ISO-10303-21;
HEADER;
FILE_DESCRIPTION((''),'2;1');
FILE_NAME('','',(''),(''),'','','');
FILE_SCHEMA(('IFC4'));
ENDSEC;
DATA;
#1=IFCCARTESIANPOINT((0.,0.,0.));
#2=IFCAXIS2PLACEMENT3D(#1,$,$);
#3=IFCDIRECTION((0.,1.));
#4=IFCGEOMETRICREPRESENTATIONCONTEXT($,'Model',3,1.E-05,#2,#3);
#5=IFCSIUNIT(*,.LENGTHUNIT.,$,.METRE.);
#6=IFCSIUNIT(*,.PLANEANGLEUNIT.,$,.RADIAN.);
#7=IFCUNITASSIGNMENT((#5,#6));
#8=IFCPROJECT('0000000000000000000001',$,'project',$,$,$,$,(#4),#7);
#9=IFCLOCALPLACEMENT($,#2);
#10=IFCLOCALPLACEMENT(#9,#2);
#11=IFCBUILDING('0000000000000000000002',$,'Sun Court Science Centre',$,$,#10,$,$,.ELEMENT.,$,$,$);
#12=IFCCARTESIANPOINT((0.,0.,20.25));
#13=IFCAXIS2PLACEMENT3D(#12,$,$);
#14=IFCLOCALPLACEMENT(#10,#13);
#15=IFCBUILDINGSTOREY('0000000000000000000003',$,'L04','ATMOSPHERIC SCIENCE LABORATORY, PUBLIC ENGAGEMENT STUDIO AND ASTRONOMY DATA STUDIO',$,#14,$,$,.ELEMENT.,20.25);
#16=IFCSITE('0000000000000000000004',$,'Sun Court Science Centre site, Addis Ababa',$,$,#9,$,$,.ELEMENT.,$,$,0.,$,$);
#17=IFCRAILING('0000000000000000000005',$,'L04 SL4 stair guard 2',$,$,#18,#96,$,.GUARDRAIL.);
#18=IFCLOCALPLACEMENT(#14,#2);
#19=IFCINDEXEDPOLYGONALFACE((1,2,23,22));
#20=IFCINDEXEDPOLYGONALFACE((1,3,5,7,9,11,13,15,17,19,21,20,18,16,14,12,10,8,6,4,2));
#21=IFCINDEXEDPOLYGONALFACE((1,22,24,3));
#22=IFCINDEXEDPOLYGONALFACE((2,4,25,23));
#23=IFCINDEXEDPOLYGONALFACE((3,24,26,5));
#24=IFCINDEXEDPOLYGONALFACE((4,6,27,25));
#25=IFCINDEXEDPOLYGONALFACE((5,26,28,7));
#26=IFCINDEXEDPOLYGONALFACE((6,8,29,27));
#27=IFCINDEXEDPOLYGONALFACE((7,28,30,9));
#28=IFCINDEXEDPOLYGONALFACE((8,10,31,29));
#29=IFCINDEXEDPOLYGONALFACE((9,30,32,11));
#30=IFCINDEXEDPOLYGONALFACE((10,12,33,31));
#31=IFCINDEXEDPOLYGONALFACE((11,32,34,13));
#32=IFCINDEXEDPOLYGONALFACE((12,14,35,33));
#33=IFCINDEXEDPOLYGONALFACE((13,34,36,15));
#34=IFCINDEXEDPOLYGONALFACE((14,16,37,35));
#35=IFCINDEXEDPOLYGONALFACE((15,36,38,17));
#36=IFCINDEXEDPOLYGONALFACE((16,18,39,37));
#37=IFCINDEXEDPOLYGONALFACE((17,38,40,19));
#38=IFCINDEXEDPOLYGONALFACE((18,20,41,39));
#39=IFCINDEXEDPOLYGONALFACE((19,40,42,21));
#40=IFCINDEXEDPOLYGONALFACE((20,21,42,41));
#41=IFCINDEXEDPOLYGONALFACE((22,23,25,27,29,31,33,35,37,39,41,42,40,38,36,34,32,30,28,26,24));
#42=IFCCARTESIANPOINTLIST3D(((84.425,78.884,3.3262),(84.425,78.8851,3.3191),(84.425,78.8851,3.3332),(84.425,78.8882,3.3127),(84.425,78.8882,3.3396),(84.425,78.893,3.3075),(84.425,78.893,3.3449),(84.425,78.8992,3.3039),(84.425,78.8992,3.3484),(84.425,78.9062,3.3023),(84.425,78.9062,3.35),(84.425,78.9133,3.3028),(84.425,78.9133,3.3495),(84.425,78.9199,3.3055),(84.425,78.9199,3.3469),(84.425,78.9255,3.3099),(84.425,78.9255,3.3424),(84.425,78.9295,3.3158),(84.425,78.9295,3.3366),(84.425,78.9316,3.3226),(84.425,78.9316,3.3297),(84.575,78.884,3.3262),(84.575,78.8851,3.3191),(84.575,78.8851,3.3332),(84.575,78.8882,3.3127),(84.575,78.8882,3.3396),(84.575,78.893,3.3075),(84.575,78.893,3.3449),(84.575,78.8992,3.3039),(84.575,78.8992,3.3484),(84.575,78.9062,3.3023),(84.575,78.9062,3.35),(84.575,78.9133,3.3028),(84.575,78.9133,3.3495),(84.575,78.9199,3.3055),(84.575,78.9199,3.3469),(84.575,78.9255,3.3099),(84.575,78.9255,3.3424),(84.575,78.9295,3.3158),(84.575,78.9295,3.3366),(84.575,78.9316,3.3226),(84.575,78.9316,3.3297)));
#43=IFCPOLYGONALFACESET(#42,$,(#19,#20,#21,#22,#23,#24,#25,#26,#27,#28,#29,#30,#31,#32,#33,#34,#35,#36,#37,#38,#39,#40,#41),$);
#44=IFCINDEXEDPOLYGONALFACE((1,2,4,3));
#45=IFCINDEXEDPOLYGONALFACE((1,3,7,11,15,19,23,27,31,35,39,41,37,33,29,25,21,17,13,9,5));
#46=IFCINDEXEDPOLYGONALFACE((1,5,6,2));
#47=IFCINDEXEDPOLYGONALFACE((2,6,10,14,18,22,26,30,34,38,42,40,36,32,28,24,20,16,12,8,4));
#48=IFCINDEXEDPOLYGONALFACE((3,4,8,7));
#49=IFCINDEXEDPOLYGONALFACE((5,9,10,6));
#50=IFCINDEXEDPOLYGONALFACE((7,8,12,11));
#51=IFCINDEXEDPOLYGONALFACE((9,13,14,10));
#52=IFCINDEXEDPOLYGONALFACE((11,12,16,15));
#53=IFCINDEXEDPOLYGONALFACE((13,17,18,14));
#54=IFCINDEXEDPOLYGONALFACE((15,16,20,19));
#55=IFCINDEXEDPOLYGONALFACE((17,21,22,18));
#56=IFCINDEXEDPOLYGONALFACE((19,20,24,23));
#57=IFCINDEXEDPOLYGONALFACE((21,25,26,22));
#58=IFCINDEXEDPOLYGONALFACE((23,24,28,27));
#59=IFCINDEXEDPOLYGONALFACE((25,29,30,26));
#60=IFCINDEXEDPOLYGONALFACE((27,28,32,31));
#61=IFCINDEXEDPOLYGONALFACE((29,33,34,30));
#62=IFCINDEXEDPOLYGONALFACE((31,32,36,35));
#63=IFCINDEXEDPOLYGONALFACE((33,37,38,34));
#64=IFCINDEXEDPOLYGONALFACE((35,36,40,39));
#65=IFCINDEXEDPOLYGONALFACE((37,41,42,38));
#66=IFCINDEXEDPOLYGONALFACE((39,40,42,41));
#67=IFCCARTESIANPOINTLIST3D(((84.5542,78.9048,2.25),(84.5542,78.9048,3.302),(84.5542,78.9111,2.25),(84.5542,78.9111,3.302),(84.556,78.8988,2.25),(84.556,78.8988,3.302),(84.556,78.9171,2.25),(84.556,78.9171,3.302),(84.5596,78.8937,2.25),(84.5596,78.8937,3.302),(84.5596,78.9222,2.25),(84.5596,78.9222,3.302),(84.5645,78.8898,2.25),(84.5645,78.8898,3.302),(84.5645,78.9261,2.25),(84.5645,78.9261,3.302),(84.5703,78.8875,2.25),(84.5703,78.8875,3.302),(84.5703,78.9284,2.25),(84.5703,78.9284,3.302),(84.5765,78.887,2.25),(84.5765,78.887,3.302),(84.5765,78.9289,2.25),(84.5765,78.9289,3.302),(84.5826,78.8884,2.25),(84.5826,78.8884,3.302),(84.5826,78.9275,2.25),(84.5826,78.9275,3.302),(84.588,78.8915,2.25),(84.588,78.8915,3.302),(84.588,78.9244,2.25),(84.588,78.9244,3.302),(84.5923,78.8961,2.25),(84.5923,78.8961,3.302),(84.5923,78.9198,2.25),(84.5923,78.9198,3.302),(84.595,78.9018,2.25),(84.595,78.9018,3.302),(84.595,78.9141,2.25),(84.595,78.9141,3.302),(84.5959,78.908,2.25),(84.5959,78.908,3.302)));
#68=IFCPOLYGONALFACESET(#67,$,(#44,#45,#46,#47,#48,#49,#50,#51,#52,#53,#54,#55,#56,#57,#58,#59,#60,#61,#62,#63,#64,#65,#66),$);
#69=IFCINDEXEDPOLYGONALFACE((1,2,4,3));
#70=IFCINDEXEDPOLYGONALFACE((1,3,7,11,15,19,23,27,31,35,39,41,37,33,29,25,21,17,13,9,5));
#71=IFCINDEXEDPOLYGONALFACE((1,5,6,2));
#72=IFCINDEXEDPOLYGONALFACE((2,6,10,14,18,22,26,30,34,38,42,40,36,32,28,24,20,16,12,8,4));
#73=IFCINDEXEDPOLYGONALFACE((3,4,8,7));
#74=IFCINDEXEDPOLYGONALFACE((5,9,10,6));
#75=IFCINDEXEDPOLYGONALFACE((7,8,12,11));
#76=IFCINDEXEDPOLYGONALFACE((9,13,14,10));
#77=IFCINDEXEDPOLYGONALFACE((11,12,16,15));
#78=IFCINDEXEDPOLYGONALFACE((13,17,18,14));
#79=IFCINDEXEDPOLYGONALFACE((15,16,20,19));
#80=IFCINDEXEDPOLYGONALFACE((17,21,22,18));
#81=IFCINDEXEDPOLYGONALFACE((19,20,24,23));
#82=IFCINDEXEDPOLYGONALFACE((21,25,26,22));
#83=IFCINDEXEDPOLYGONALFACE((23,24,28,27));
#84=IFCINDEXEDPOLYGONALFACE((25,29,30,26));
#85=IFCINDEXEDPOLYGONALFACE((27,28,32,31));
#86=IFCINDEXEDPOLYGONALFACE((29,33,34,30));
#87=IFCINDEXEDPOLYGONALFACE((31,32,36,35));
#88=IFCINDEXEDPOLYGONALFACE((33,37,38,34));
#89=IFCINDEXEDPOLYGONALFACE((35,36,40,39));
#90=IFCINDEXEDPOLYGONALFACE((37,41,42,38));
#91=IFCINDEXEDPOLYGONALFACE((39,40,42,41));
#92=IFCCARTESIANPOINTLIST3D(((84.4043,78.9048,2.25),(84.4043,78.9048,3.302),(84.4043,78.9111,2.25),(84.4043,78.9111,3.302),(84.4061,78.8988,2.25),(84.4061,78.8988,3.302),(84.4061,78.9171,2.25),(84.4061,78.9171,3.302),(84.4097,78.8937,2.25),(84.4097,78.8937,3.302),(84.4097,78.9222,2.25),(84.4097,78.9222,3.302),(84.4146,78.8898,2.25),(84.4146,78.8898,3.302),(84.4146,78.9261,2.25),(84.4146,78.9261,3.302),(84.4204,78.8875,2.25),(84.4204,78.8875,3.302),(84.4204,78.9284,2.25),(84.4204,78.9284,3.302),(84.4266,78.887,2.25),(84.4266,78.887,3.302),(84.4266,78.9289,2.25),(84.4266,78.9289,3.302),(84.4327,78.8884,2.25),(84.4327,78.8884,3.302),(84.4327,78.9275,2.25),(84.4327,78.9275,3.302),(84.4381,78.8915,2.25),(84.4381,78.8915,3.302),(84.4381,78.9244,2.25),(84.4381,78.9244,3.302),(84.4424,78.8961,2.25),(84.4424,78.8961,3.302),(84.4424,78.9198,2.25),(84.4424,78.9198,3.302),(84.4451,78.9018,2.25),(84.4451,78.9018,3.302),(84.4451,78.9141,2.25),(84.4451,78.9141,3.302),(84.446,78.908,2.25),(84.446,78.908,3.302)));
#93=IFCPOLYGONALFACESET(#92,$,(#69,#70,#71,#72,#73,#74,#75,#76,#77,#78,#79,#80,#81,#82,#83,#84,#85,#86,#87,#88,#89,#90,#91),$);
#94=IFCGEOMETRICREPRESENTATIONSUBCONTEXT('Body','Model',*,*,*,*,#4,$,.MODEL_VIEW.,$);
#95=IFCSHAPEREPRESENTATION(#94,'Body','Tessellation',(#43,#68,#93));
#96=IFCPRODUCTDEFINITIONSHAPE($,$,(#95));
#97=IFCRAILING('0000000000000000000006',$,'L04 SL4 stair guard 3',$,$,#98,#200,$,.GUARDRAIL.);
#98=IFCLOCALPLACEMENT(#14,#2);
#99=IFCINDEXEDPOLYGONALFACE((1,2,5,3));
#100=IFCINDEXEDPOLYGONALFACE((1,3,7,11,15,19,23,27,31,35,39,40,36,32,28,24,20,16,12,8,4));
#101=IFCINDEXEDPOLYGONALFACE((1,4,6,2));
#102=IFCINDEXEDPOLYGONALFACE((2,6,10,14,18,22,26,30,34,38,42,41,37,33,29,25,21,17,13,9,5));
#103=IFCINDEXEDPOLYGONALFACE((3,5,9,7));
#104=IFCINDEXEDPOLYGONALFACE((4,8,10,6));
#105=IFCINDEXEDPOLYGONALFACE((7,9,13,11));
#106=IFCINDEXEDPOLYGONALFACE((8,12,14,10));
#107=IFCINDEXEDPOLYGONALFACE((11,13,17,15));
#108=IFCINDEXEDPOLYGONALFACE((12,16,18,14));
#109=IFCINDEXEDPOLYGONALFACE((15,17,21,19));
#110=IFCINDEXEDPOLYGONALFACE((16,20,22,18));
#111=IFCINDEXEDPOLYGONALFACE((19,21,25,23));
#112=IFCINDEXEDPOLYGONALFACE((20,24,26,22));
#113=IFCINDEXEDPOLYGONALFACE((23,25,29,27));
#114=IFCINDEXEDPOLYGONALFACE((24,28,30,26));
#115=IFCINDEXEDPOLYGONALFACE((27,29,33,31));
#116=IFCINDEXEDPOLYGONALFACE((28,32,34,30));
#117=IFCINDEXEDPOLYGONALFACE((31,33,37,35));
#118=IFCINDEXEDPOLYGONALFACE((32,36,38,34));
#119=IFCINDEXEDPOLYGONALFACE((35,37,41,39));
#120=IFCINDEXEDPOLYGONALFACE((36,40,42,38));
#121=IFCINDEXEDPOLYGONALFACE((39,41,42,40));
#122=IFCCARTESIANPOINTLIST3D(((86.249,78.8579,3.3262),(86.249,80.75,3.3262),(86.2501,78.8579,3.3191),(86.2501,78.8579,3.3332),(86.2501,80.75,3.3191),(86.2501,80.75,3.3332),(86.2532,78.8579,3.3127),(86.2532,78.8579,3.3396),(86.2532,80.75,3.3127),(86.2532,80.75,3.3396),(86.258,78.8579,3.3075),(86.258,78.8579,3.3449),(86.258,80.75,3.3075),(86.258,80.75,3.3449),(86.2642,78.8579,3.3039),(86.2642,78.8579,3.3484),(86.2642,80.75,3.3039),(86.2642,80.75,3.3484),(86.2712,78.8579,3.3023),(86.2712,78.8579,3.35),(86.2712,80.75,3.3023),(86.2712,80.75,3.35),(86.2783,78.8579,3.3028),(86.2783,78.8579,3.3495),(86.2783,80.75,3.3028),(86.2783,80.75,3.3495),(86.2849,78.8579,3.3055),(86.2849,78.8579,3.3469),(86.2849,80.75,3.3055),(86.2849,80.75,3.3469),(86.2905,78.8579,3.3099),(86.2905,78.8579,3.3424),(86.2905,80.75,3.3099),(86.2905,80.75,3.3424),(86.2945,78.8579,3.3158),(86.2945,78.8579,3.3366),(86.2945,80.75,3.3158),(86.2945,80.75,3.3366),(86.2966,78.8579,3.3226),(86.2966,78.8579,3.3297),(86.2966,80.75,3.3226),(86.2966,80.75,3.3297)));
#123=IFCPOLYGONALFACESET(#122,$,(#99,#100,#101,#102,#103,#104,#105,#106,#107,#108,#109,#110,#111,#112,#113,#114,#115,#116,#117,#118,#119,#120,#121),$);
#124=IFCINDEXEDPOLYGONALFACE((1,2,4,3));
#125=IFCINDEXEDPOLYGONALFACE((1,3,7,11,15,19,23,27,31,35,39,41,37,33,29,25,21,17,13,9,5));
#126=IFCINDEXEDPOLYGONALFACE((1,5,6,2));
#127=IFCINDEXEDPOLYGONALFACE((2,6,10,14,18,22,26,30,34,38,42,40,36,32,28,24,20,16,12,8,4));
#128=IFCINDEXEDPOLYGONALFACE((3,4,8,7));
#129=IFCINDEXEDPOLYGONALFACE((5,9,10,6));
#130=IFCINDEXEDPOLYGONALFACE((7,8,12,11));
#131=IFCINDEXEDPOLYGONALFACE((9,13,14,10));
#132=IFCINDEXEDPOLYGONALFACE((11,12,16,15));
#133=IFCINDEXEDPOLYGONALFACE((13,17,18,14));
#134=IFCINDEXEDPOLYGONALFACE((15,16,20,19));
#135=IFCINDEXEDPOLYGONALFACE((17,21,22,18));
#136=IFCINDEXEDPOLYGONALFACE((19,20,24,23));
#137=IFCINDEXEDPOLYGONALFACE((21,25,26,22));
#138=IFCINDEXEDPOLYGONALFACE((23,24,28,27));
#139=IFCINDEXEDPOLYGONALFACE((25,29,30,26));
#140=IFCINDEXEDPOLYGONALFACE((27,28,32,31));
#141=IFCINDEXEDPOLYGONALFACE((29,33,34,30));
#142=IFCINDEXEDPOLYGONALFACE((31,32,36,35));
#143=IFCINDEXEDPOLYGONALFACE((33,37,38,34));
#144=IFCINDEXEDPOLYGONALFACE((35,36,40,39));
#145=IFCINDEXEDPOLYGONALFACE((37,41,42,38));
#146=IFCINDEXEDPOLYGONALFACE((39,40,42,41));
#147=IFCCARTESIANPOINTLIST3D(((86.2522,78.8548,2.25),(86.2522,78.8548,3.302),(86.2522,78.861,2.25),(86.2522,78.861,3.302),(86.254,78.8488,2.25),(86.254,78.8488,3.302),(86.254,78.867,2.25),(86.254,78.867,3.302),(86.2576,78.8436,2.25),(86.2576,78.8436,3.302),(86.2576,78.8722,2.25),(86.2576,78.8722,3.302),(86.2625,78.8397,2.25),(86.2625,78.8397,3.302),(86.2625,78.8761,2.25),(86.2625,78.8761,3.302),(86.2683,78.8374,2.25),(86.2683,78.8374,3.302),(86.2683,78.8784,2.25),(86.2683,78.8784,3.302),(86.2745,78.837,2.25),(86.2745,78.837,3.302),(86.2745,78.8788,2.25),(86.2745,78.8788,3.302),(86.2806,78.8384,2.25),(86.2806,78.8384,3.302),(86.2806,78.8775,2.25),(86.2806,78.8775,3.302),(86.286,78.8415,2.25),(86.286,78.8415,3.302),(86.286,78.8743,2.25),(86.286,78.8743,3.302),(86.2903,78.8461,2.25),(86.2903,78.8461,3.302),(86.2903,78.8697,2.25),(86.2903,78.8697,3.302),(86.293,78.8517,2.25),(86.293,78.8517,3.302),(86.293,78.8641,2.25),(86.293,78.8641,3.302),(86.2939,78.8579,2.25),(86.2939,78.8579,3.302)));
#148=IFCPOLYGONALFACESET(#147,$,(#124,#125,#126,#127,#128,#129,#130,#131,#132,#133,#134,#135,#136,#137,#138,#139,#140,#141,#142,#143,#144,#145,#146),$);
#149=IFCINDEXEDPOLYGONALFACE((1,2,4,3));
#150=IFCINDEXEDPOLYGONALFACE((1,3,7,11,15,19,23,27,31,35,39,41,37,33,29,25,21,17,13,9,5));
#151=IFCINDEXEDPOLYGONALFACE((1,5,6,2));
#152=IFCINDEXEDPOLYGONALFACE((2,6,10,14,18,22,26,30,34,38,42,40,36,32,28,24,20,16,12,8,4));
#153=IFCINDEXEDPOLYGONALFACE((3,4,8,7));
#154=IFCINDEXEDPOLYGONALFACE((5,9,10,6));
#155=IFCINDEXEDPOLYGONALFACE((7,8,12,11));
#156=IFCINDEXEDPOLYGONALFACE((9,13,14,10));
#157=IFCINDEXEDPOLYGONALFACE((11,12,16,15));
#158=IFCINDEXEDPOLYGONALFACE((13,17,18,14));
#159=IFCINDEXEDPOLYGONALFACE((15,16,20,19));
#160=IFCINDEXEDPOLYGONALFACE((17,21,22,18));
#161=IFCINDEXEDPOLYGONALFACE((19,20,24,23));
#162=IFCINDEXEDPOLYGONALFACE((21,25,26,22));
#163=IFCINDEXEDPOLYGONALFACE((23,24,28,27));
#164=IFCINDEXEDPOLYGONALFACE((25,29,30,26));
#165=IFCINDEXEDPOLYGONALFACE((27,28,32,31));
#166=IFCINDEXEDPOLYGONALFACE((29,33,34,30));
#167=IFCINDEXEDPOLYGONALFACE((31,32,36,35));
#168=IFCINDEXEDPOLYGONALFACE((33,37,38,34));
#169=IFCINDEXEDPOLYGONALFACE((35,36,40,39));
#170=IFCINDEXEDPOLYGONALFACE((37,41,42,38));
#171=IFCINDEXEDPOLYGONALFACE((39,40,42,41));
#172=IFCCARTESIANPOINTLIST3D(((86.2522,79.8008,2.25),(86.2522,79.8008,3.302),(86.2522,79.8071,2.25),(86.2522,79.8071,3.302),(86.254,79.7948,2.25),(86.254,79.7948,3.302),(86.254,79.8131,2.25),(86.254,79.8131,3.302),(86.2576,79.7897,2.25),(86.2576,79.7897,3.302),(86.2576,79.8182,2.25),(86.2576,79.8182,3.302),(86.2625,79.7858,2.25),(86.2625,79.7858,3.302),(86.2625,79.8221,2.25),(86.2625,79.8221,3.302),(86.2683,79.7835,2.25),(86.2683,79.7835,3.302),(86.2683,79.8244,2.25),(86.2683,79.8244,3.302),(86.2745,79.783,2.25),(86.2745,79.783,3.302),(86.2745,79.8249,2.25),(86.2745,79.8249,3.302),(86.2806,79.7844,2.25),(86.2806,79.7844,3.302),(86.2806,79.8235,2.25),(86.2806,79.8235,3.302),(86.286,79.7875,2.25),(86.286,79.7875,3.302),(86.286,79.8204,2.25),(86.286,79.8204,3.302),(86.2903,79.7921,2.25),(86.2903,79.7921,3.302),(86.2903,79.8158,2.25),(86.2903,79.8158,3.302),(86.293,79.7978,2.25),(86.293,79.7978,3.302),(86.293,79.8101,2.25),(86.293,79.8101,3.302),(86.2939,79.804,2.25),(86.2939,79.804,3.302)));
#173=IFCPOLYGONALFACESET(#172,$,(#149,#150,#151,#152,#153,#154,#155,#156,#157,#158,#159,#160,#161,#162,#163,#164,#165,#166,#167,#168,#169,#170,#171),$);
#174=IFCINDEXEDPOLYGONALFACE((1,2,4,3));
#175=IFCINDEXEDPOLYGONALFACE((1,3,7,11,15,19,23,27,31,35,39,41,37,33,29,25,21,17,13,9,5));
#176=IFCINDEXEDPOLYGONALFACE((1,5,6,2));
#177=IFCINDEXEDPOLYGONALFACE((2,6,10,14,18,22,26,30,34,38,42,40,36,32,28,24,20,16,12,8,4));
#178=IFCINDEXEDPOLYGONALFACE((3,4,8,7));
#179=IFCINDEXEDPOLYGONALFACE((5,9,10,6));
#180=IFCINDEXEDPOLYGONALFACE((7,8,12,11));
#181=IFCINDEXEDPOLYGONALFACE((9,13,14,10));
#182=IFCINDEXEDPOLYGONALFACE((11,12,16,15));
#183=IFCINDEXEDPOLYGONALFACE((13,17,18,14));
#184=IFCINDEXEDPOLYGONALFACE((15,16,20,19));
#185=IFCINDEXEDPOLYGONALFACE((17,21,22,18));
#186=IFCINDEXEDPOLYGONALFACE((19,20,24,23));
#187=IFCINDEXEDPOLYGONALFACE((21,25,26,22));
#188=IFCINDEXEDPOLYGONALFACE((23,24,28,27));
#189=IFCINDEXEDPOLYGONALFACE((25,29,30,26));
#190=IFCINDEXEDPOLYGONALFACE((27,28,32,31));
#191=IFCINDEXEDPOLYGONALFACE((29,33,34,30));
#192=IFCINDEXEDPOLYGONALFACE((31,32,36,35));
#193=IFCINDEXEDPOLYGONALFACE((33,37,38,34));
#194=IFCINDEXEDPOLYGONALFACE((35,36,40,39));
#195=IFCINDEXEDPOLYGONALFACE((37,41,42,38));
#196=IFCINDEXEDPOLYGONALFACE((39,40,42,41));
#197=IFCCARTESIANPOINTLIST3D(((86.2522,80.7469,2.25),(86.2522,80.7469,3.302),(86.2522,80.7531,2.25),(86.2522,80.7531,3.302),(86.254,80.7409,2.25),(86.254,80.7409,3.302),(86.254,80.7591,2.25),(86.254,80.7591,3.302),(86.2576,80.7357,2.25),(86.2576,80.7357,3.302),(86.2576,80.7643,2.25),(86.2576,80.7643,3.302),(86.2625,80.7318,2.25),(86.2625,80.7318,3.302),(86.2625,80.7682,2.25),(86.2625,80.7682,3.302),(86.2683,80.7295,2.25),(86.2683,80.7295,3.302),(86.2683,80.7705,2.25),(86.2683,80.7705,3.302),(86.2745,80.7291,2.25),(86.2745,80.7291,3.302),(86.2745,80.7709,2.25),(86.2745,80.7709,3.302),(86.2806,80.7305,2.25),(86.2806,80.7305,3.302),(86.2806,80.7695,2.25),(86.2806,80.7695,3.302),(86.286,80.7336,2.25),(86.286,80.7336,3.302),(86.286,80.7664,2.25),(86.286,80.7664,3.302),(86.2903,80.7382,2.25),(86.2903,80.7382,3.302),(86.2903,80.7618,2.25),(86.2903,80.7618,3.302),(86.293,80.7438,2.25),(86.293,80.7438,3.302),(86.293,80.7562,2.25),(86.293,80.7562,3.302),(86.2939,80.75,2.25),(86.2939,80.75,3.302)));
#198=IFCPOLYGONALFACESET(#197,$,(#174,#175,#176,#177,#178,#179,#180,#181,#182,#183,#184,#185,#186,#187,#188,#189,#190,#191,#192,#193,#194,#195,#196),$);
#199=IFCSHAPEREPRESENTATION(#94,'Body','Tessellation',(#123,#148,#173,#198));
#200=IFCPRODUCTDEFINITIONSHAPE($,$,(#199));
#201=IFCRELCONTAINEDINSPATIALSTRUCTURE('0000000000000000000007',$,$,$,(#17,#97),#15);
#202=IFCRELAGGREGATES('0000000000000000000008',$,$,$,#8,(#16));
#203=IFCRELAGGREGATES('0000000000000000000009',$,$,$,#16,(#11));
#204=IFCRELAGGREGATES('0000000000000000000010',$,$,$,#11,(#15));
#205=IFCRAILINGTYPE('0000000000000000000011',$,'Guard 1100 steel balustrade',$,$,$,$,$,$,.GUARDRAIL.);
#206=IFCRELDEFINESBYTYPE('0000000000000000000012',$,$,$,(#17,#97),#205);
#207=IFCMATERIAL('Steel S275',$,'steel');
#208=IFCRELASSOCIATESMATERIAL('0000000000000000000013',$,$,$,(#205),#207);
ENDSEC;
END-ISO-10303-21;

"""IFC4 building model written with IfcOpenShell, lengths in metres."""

from ifc_helpers import new_model, si_unit, direction, frame, origin, origin_2d, place, context, subcontext, project, spatial, circle, extrude, material, type_object, element, save


model = new_model("IFC4")

# Units and contexts
model_context = context("Model", 3, precision=1e-05, world=origin(), true_north=direction((0.0, 1.0)))
body_context = subcontext(model_context, "Body", "Model", "MODEL_VIEW")
ifc_project = project(units=[si_unit("LENGTHUNIT", "METRE"), si_unit("PLANEANGLEUNIT", "RADIAN")], contexts=[model_context])

# Site, building, storey
site_placement = place(None, origin())
site = spatial("IfcSite", under=ifc_project, at=site_placement, Name="Sun Court Science Centre site, Addis Ababa", CompositionType="ELEMENT", RefElevation=0.0)
building_placement = place(site_placement, origin())
building = spatial("IfcBuilding", under=site, at=building_placement, Name="Sun Court Science Centre", CompositionType="ELEMENT")
storey_placement = place(building_placement, frame((0.0, 0.0, 20.25)))
storey = spatial("IfcBuildingStorey", under=building, at=storey_placement, Name="L04", Description="ATMOSPHERIC SCIENCE LABORATORY, PUBLIC ENGAGEMENT STUDIO AND ASTRONOMY DATA STUDIO", CompositionType="ELEMENT", Elevation=20.25)

# Railings
ifc_material_1 = material(Name="Steel S275", Category="steel")
railing_type_1 = type_object("IfcRailingType", Name="Guard 1100 steel balustrade", PredefinedType="GUARDRAIL", material=ifc_material_1)
railing_1_placement = place(storey_placement, frame((84.575, 78.908, 2.25)))
element("IfcRailing", 1, at=railing_1_placement, inside=storey, type_object=railing_type_1, Name="L04 SL4 stair guard 2", PredefinedType="GUARDRAIL", context=body_context, shape_type="SweptSolid", body=[
    extrude(circle(Radius=0.0239, at=origin_2d()), frame((0.0, 0.0, 1.0762), z_axis=(-1.0, 0.0, 0.0), x_axis=(0.0, -1.0, 0.0)), (0.0, 0.0, 1.0), 0.1499),
    extrude(circle(Radius=0.021, at=origin_2d()), origin(), (0.0, 0.0, 1.0), 1.052),
    extrude(circle(Radius=0.021, at=origin_2d()), frame((-0.1499, 0.0, 0.0)), (0.0, 0.0, 1.0), 1.052),
])
for number, where, name in (
    (2, (86.2729, 78.8579, 2.25), "L04 SL4 stair guard 3"),
):
    element("IfcRailing", number, at=place(storey_placement, frame(where)), inside=storey, type_object=railing_type_1, Name=name, PredefinedType="GUARDRAIL", context=body_context, shape_type="SweptSolid", body=[
        extrude(circle(Radius=0.0239, at=origin_2d()), frame((0.0, 0.0, 1.0762), z_axis=(0.0, 1.0, 0.0), x_axis=(-1.0, 0.0, 0.0)), (0.0, 0.0, 1.0), 1.8921),
        extrude(circle(Radius=0.021, at=origin_2d()), origin(), (0.0, 0.0, 1.0), 1.052),
        extrude(circle(Radius=0.021, at=origin_2d()), frame((0.0, 0.946, 0.0)), (0.0, 0.0, 1.0), 1.052),
        extrude(circle(Radius=0.021, at=origin_2d()), frame((0.0, 1.8921, 0.0)), (0.0, 0.0, 1.0), 1.052),
    ])

save(model, "model.ifc")
